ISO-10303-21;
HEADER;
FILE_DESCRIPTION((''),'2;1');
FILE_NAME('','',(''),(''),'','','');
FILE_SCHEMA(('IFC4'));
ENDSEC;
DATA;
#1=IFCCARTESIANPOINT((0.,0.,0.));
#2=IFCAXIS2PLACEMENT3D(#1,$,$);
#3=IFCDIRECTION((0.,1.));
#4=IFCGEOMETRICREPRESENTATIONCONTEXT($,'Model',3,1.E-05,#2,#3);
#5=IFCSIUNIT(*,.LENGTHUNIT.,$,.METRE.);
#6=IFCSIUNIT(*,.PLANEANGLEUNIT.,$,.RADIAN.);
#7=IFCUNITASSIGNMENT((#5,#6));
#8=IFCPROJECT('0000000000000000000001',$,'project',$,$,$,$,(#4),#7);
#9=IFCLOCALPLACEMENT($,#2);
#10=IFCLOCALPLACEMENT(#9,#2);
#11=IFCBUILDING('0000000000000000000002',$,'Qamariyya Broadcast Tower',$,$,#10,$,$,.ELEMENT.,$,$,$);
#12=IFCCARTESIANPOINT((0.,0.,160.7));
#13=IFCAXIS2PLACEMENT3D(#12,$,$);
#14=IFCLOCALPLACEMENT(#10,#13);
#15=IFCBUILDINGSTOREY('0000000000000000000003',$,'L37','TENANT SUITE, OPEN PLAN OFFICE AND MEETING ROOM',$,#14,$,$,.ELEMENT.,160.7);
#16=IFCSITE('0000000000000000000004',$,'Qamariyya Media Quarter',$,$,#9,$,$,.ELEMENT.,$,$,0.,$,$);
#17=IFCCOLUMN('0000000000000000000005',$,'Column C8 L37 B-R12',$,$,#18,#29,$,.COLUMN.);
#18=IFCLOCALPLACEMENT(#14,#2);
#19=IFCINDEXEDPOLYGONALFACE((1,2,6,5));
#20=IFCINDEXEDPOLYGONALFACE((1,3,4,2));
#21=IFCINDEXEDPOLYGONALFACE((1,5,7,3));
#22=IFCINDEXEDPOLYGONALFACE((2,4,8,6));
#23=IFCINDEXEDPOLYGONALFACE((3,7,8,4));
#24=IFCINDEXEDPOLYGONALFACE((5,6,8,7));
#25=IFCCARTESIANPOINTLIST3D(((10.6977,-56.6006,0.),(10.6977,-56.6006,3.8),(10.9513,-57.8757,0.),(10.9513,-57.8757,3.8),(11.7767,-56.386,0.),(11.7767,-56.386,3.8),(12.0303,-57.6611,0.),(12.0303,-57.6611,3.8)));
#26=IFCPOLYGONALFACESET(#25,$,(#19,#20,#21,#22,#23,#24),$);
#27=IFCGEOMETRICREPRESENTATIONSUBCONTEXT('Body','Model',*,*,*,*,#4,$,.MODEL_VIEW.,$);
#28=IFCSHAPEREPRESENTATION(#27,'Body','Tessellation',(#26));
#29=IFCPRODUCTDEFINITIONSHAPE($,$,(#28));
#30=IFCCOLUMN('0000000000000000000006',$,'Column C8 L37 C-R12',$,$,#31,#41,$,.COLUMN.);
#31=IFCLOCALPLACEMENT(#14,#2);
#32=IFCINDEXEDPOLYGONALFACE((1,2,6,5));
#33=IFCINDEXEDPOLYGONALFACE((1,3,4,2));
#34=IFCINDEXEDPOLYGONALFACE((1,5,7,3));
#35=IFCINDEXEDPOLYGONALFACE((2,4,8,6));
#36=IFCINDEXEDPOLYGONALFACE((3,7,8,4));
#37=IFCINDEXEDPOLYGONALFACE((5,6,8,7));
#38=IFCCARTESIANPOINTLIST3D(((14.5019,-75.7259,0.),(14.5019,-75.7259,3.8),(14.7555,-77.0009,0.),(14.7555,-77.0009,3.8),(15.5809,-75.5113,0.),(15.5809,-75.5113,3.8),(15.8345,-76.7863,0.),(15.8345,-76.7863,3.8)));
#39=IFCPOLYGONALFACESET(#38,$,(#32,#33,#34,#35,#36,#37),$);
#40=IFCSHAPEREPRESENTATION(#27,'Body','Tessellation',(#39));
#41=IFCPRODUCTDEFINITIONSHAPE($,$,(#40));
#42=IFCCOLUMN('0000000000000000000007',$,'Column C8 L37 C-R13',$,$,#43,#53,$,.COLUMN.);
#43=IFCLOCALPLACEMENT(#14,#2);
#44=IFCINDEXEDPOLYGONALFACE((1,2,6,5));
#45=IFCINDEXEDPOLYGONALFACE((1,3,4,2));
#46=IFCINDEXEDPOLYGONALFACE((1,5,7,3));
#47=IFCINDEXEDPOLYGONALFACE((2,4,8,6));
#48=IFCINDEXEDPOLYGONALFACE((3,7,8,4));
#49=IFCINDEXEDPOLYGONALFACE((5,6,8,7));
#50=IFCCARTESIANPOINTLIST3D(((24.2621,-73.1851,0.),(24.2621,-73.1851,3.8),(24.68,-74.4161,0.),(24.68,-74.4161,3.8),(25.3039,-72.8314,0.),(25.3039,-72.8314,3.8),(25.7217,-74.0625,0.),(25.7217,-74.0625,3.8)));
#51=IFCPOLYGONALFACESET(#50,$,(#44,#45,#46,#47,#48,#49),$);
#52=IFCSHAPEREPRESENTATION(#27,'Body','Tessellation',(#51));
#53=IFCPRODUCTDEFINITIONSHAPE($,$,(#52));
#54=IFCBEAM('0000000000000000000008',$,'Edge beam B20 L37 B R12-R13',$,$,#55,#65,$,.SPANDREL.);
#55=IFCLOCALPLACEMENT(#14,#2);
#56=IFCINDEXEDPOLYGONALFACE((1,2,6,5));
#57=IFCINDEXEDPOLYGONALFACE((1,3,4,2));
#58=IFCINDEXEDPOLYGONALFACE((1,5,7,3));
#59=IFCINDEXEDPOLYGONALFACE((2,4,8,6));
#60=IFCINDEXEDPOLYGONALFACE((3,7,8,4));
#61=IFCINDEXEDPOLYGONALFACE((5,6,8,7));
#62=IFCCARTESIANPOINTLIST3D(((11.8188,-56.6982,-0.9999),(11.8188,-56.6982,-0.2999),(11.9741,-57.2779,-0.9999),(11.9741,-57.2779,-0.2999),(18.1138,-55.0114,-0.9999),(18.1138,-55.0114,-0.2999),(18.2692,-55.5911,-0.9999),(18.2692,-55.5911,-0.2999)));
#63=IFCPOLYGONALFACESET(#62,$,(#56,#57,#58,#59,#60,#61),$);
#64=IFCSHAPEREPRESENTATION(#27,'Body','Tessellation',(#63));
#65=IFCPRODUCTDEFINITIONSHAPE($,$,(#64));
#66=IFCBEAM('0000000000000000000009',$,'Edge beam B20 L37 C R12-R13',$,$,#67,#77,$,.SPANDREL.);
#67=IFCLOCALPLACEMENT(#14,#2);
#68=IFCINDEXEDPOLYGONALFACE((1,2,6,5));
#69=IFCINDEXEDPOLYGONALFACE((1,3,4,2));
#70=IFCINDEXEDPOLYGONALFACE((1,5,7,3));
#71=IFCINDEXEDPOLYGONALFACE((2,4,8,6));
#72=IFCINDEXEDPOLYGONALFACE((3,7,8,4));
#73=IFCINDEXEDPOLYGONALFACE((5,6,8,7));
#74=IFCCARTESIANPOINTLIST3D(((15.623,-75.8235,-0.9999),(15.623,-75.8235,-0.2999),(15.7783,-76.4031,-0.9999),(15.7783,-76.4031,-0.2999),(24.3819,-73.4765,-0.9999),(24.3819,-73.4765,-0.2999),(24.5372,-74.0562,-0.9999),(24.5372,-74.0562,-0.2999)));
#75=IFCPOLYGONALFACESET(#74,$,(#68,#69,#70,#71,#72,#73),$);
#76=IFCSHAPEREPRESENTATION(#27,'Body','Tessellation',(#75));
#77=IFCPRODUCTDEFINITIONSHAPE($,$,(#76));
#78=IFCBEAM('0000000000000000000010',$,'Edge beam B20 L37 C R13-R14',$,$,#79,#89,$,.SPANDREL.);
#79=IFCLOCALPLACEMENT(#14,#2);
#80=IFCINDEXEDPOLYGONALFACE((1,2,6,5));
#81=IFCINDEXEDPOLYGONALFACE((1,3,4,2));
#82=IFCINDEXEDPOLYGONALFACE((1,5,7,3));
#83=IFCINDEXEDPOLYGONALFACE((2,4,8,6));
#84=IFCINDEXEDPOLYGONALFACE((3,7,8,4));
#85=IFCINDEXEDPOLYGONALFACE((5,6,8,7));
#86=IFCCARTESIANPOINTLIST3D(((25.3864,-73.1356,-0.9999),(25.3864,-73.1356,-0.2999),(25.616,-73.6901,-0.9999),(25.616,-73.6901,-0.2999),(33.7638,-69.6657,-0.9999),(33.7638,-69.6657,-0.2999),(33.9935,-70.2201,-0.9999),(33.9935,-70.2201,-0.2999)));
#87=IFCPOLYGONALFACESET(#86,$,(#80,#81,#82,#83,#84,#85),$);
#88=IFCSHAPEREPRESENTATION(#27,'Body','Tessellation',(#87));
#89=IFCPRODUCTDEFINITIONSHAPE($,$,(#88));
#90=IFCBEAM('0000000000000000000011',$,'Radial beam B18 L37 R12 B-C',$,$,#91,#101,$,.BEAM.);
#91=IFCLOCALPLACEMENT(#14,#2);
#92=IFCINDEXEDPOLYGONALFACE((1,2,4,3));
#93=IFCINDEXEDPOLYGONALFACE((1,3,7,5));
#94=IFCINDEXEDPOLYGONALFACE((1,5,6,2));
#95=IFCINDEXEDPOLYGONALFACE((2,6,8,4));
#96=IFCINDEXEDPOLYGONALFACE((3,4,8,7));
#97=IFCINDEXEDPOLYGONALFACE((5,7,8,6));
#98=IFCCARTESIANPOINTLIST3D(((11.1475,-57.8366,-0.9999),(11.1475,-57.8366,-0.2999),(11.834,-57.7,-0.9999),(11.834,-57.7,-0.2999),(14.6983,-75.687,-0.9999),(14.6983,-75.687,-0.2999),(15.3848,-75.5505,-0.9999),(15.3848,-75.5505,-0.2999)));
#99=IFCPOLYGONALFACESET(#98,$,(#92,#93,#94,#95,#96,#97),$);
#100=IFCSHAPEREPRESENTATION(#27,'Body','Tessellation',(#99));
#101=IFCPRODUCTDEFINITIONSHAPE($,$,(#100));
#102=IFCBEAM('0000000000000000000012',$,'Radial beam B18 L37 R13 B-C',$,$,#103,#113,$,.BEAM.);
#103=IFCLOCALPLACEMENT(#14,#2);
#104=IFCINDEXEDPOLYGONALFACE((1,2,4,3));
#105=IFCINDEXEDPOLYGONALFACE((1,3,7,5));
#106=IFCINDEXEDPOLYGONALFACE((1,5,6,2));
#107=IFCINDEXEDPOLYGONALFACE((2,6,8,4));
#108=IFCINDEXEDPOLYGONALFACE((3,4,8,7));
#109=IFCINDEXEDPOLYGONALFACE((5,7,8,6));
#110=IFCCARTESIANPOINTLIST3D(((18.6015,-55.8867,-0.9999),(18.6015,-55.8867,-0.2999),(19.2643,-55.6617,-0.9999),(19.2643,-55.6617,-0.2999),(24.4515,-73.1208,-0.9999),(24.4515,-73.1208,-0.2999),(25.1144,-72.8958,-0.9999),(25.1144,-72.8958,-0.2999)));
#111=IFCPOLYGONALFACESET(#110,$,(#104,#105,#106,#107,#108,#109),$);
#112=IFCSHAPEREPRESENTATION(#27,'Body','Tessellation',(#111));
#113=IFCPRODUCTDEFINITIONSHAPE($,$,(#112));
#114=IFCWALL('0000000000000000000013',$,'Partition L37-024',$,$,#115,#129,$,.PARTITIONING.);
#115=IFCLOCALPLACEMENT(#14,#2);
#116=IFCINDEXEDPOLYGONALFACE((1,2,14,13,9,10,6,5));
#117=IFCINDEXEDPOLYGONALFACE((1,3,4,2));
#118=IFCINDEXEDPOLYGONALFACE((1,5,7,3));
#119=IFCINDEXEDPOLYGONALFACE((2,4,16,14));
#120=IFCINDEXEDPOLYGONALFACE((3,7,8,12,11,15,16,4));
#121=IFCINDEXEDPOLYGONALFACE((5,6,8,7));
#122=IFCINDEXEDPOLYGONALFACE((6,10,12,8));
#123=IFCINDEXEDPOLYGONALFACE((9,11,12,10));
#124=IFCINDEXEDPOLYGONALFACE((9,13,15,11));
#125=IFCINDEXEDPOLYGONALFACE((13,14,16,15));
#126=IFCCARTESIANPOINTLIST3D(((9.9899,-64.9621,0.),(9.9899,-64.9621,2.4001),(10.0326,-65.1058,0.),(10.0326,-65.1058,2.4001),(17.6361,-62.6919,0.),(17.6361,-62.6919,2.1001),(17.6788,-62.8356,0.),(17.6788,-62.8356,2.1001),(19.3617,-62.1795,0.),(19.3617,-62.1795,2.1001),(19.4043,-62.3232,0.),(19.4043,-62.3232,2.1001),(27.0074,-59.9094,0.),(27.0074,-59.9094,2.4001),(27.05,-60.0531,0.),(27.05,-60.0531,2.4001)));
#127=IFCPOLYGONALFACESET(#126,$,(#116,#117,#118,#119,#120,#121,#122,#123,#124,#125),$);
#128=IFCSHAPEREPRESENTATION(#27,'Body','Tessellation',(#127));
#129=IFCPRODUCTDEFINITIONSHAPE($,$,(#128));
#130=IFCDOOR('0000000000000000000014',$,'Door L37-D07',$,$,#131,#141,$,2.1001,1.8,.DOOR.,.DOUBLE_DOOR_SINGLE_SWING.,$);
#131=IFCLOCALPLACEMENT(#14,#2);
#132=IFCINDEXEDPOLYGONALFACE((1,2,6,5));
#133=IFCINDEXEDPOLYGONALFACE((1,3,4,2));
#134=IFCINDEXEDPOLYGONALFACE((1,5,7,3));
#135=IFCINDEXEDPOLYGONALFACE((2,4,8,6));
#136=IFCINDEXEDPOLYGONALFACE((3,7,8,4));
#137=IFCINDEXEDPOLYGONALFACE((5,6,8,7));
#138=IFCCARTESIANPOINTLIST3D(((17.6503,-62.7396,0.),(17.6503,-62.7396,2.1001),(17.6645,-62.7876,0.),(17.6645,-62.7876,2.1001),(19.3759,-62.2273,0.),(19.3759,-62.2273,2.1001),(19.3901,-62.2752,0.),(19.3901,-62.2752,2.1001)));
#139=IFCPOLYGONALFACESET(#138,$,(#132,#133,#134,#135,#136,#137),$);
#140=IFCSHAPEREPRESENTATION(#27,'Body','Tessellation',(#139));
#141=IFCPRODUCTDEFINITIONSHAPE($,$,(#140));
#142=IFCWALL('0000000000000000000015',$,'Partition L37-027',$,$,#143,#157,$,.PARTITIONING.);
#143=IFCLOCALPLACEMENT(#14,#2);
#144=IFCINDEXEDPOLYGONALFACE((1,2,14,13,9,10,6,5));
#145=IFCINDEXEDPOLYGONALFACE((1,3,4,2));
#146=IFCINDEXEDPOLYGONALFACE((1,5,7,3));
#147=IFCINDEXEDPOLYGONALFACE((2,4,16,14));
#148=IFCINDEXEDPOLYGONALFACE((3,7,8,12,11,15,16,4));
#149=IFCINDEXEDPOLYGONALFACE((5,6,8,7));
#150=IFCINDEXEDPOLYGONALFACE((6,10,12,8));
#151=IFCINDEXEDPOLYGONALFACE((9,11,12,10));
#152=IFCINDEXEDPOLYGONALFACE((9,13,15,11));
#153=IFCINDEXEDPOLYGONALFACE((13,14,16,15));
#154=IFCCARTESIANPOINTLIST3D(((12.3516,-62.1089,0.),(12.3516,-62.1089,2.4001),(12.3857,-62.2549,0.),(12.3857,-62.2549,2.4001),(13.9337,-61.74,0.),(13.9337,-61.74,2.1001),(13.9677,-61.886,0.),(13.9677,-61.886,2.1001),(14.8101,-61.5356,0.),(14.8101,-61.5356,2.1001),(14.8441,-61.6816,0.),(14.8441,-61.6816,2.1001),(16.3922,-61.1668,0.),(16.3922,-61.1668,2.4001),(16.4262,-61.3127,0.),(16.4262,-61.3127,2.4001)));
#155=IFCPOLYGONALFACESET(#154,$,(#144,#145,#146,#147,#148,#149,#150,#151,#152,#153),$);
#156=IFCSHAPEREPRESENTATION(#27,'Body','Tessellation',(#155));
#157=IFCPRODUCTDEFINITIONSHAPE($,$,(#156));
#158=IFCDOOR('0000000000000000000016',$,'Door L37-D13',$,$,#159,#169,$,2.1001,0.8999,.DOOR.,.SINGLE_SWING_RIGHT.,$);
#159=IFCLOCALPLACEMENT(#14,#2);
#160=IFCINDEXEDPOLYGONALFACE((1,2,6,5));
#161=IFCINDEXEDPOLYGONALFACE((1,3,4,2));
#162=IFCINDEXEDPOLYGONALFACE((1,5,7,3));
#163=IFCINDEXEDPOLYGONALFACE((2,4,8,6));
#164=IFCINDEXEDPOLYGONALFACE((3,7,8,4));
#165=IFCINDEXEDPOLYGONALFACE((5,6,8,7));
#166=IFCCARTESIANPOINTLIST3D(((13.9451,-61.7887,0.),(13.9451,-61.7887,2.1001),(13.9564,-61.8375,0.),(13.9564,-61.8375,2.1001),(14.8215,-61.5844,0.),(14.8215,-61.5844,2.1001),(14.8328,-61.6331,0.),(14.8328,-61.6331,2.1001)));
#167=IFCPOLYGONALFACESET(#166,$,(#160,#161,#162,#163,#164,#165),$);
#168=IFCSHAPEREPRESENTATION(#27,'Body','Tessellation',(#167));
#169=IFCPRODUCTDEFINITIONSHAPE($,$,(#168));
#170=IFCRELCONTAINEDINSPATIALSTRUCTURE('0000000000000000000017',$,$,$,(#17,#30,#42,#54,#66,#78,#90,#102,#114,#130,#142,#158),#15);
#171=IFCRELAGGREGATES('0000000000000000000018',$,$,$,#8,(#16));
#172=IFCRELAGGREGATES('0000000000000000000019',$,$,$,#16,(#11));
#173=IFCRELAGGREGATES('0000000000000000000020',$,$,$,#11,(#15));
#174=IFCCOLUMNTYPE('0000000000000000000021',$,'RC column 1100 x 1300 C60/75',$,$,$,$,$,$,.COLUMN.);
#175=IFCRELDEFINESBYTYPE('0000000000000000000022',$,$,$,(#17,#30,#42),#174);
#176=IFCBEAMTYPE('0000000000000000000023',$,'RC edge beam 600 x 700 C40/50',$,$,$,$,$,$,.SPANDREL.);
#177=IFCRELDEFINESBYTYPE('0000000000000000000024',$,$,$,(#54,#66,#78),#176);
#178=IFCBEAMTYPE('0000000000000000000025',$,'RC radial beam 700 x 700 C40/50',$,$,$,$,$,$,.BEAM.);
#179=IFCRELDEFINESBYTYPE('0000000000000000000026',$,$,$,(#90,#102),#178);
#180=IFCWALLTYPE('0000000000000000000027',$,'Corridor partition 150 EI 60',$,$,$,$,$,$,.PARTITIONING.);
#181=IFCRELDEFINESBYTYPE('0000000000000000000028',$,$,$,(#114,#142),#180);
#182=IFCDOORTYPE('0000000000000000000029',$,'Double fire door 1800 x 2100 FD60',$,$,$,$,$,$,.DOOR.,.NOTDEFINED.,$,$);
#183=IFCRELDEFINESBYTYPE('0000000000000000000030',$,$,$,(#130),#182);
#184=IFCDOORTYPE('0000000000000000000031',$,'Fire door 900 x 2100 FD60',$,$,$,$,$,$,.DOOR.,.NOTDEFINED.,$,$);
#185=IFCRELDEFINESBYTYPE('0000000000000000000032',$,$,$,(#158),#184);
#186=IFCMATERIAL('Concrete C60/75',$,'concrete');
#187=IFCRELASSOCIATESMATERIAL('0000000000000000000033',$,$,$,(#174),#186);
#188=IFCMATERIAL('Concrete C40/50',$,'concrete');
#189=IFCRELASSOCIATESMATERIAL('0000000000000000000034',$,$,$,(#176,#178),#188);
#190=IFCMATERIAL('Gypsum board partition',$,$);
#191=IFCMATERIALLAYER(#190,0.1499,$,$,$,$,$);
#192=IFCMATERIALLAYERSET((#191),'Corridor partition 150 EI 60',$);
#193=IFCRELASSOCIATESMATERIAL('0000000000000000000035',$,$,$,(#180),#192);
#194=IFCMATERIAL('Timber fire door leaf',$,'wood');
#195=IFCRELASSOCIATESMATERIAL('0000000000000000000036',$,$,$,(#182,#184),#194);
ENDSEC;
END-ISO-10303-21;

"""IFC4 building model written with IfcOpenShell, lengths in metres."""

from ifc_helpers import new_model, si_unit, direction, frame, frame_2d, origin, origin_2d, place, context, subcontext, project, spatial, rectangle, extrude, material, layer, layer_set, material_profile, profile_set, type_object, element, fill, save


model = new_model("IFC4")

# Units and contexts
model_context = context("Model", 3, precision=1e-05, world=origin(), true_north=direction((0.0, 1.0)))
body_context = subcontext(model_context, "Body", "Model", "MODEL_VIEW")
ifc_project = project(units=[si_unit("LENGTHUNIT", "METRE"), si_unit("PLANEANGLEUNIT", "RADIAN")], contexts=[model_context])

# Site, building, storey
site_placement = place(None, origin())
site = spatial("IfcSite", under=ifc_project, at=site_placement, Name="Qamariyya Media Quarter", CompositionType="ELEMENT", RefElevation=0.0)
building_placement = place(site_placement, origin())
building = spatial("IfcBuilding", under=site, at=building_placement, Name="Qamariyya Broadcast Tower", CompositionType="ELEMENT")
storey_placement = place(building_placement, frame((0.0, 0.0, 160.7)))
storey = spatial("IfcBuildingStorey", under=building, at=storey_placement, Name="L37", Description="TENANT SUITE, OPEN PLAN OFFICE AND MEETING ROOM", CompositionType="ELEMENT", Elevation=160.7)

# Columns
ifc_material_1 = material(Name="Concrete C60/75", Category="concrete")
ifc_material_profile_1 = material_profile(ifc_material_1, rectangle(XDim=1.1001, YDim=1.3, at=origin_2d()))
ifc_profile_set_1 = profile_set([ifc_material_profile_1], Name="Concrete C60/75")
column_type = type_object("IfcColumnType", Name="RC column 1100 x 1300 C60/75", PredefinedType="COLUMN", material=ifc_profile_set_1)
for number, where, z_axis, x_axis, name in (
    (1, (11.364, -57.1309, 0.0), (0.0, 0.0, 1.0), (0.980785, 0.19509, 0.0), "Column C8 L37 B-R12"),
    (2, (15.1682, -76.2561, 0.0), (0.0, 0.0, 1.0), (0.980785, 0.19509, 0.0), "Column C8 L37 C-R12"),
    (3, (24.9919, -73.6238, 0.0), (0.0, 0.0, 1.0), (0.94693, 0.321439, 0.0), "Column C8 L37 C-R13"),
):
    element("IfcColumn", number, at=place(storey_placement, frame(where, z_axis=z_axis, x_axis=x_axis)), inside=storey, type_object=column_type, Name=name, PredefinedType="COLUMN", context=body_context, shape_type="SweptSolid", body=[
        extrude(rectangle(XDim=1.1001, YDim=1.3, at=origin_2d()), origin(), (0.0, 0.0, 1.0), 3.8),
    ])

# Beams
ifc_material_2 = material(Name="Concrete C40/50", Category="concrete")
ifc_material_profile_2 = material_profile(ifc_material_2, rectangle(XDim=0.6001, YDim=0.7, at=origin_2d()))
ifc_profile_set_2 = profile_set([ifc_material_profile_2], Name="Concrete C40/50")
beam_type_1 = type_object("IfcBeamType", Name="RC edge beam 600 x 700 C40/50", PredefinedType="SPANDREL", material=ifc_profile_set_2)
beam_1_placement = place(storey_placement, frame((11.8965, -56.988, -0.6499), z_axis=(0.965924, 0.258826, 0.0), x_axis=(-0.258826, 0.965924, 0.0)))
element("IfcBeam", 4, at=beam_1_placement, inside=storey, type_object=beam_type_1, Name="Edge beam B20 L37 B R12-R13", PredefinedType="SPANDREL", context=body_context, shape_type="SweptSolid", body=[
    extrude(rectangle(XDim=0.6001, YDim=0.7, at=origin_2d()), origin(), (0.0, 0.0, 1.0), 6.5171),
])
beam_2_placement = place(storey_placement, frame((15.7007, -76.1133, -0.6499), z_axis=(0.965925, 0.25882, 0.0), x_axis=(-0.25882, 0.965925, 0.0)))
element("IfcBeam", 5, at=beam_2_placement, inside=storey, type_object=beam_type_1, Name="Edge beam B20 L37 C R12-R13", PredefinedType="SPANDREL", context=body_context, shape_type="SweptSolid", body=[
    extrude(rectangle(XDim=0.6001, YDim=0.7, at=origin_2d()), origin(), (0.0, 0.0, 1.0), 9.0679),
])
beam_3_placement = place(storey_placement, frame((25.5012, -73.4128, -0.6499), z_axis=(0.923883, 0.382676, 0.0), x_axis=(-0.382676, 0.923883, 0.0)))
element("IfcBeam", 6, at=beam_3_placement, inside=storey, type_object=beam_type_1, Name="Edge beam B20 L37 C R13-R14", PredefinedType="SPANDREL", context=body_context, shape_type="SweptSolid", body=[
    extrude(rectangle(XDim=0.6001, YDim=0.7, at=origin_2d()), origin(), (0.0, 0.0, 1.0), 9.0676),
])
ifc_material_profile_3 = material_profile(ifc_material_2, rectangle(XDim=0.7, YDim=0.7, at=origin_2d()))
ifc_profile_set_3 = profile_set([ifc_material_profile_3], Name="Concrete C40/50")
beam_type_2 = type_object("IfcBeamType", Name="RC radial beam 700 x 700 C40/50", PredefinedType="BEAM", material=ifc_profile_set_3)
beam_4_placement = place(storey_placement, frame((11.4907, -57.7683, -0.6499), z_axis=(0.195097, -0.980784, 0.0), x_axis=(0.980784, 0.195097, 0.0)))
element("IfcBeam", 7, at=beam_4_placement, inside=storey, type_object=beam_type_2, Name="Radial beam B18 L37 R12 B-C", PredefinedType="BEAM", context=body_context, shape_type="SweptSolid", body=[
    extrude(rectangle(XDim=0.7, YDim=0.7, at=origin_2d()), origin(), (0.0, 0.0, 1.0), 18.2002),
])
beam_5_placement = place(storey_placement, frame((18.9329, -55.7742, -0.6499), z_axis=(0.321434, -0.946932, 0.0), x_axis=(0.946932, 0.321434, 0.0)))
element("IfcBeam", 8, at=beam_5_placement, inside=storey, type_object=beam_type_2, Name="Radial beam B18 L37 R13 B-C", PredefinedType="BEAM", context=body_context, shape_type="SweptSolid", body=[
    extrude(rectangle(XDim=0.7, YDim=0.7, at=origin_2d()), origin(), (0.0, 0.0, 1.0), 18.2),
])

# Walls, openings, doors
ifc_material_3 = material(Name="Gypsum board partition")
ifc_layer_1 = layer(ifc_material_3, 0.1499)
ifc_layer_set_1 = layer_set([ifc_layer_1], Name="Corridor partition 150 EI 60")
wall_type_1 = type_object("IfcWallType", Name="Corridor partition 150 EI 60", PredefinedType="PARTITIONING", material=ifc_layer_set_1)
wall_1_placement = place(storey_placement, frame((27.0288, -59.9812, 0.0), z_axis=(0.0, 0.0, 1.0), x_axis=(-0.958636, -0.284635, 0.0)))
wall_1 = element("IfcWall", 9, at=wall_1_placement, inside=storey, type_object=wall_type_1, Name="Partition L37-024", PredefinedType="PARTITIONING", context=body_context, shape_type="SweptSolid", body=[
    extrude(rectangle(XDim=17.7517, YDim=0.1499, at=frame_2d((8.876, 0.0))), origin(), (0.0, 0.0, 1.0), 2.4001),
])
opening_1_placement = place(wall_1_placement, frame((7.9758, 0.0, 0.0)))
opening_1 = element("IfcOpeningElement", 10, at=opening_1_placement, cuts=wall_1, PredefinedType="OPENING", context=body_context, shape_type="SweptSolid", body=[
    extrude(rectangle(XDim=1.8, YDim=2.1001, at=frame_2d((0.8999, 1.05))), frame((0.0, 0.085, 0.0), z_axis=(0.0, -1.0, 0.0), x_axis=(1.0, 0.0, 0.0)), (0.0, 0.0, 1.0), 0.1699),
])
ifc_material_4 = material(Name="Timber fire door leaf", Category="wood")
door_type_1 = type_object("IfcDoorType", Name="Double fire door 1800 x 2100 FD60", OperationType="NOTDEFINED", PredefinedType="DOOR", material=ifc_material_4)
door_1_placement = place(opening_1_placement, origin())
door_1 = element("IfcDoor", 11, at=door_1_placement, inside=storey, type_object=door_type_1, Name="Door L37-D07", OperationType="DOUBLE_DOOR_SINGLE_SWING", OverallHeight=2.1001, OverallWidth=1.8, PredefinedType="DOOR", context=body_context, shape_type="SweptSolid", body=[
    extrude(rectangle(XDim=1.8, YDim=2.1001, at=frame_2d((0.8999, 1.05))), frame((0.0, 0.0249, 0.0), z_axis=(0.0, -1.0, 0.0), x_axis=(1.0, 0.0, 0.0)), (0.0, 0.0, 1.0), 0.05),
])
fill(opening_1, door_1)
wall_2_placement = place(storey_placement, frame((12.3687, -62.1819, 0.0), z_axis=(0.0, 0.0, 1.0), x_axis=(0.973876, 0.227081, 0.0)))
wall_2 = element("IfcWall", 12, at=wall_2_placement, inside=storey, type_object=wall_type_1, Name="Partition L37-027", PredefinedType="PARTITIONING", context=body_context, shape_type="SweptSolid", body=[
    extrude(rectangle(XDim=4.1489, YDim=0.1499, at=frame_2d((2.0745, 0.0))), origin(), (0.0, 0.0, 1.0), 2.4001),
])
opening_2_placement = place(wall_2_placement, frame((1.6245, 0.0, 0.0)))
opening_2 = element("IfcOpeningElement", 13, at=opening_2_placement, cuts=wall_2, PredefinedType="OPENING", context=body_context, shape_type="SweptSolid", body=[
    extrude(rectangle(XDim=0.8999, YDim=2.1001, at=frame_2d((0.45, 1.05))), frame((0.0, 0.085, 0.0), z_axis=(0.0, -1.0, 0.0), x_axis=(1.0, 0.0, 0.0)), (0.0, 0.0, 1.0), 0.1699),
])
door_type_2 = type_object("IfcDoorType", Name="Fire door 900 x 2100 FD60", OperationType="NOTDEFINED", PredefinedType="DOOR", material=ifc_material_4)
door_2_placement = place(opening_2_placement, origin())
door_2 = element("IfcDoor", 14, at=door_2_placement, inside=storey, type_object=door_type_2, Name="Door L37-D13", OperationType="SINGLE_SWING_RIGHT", OverallHeight=2.1001, OverallWidth=0.8999, PredefinedType="DOOR", context=body_context, shape_type="SweptSolid", body=[
    extrude(rectangle(XDim=0.8999, YDim=2.1001, at=frame_2d((0.45, 1.05))), frame((0.0, 0.0249, 0.0), z_axis=(0.0, -1.0, 0.0), x_axis=(1.0, 0.0, 0.0)), (0.0, 0.0, 1.0), 0.05),
])
fill(opening_2, door_2)

save(model, "model.ifc")
